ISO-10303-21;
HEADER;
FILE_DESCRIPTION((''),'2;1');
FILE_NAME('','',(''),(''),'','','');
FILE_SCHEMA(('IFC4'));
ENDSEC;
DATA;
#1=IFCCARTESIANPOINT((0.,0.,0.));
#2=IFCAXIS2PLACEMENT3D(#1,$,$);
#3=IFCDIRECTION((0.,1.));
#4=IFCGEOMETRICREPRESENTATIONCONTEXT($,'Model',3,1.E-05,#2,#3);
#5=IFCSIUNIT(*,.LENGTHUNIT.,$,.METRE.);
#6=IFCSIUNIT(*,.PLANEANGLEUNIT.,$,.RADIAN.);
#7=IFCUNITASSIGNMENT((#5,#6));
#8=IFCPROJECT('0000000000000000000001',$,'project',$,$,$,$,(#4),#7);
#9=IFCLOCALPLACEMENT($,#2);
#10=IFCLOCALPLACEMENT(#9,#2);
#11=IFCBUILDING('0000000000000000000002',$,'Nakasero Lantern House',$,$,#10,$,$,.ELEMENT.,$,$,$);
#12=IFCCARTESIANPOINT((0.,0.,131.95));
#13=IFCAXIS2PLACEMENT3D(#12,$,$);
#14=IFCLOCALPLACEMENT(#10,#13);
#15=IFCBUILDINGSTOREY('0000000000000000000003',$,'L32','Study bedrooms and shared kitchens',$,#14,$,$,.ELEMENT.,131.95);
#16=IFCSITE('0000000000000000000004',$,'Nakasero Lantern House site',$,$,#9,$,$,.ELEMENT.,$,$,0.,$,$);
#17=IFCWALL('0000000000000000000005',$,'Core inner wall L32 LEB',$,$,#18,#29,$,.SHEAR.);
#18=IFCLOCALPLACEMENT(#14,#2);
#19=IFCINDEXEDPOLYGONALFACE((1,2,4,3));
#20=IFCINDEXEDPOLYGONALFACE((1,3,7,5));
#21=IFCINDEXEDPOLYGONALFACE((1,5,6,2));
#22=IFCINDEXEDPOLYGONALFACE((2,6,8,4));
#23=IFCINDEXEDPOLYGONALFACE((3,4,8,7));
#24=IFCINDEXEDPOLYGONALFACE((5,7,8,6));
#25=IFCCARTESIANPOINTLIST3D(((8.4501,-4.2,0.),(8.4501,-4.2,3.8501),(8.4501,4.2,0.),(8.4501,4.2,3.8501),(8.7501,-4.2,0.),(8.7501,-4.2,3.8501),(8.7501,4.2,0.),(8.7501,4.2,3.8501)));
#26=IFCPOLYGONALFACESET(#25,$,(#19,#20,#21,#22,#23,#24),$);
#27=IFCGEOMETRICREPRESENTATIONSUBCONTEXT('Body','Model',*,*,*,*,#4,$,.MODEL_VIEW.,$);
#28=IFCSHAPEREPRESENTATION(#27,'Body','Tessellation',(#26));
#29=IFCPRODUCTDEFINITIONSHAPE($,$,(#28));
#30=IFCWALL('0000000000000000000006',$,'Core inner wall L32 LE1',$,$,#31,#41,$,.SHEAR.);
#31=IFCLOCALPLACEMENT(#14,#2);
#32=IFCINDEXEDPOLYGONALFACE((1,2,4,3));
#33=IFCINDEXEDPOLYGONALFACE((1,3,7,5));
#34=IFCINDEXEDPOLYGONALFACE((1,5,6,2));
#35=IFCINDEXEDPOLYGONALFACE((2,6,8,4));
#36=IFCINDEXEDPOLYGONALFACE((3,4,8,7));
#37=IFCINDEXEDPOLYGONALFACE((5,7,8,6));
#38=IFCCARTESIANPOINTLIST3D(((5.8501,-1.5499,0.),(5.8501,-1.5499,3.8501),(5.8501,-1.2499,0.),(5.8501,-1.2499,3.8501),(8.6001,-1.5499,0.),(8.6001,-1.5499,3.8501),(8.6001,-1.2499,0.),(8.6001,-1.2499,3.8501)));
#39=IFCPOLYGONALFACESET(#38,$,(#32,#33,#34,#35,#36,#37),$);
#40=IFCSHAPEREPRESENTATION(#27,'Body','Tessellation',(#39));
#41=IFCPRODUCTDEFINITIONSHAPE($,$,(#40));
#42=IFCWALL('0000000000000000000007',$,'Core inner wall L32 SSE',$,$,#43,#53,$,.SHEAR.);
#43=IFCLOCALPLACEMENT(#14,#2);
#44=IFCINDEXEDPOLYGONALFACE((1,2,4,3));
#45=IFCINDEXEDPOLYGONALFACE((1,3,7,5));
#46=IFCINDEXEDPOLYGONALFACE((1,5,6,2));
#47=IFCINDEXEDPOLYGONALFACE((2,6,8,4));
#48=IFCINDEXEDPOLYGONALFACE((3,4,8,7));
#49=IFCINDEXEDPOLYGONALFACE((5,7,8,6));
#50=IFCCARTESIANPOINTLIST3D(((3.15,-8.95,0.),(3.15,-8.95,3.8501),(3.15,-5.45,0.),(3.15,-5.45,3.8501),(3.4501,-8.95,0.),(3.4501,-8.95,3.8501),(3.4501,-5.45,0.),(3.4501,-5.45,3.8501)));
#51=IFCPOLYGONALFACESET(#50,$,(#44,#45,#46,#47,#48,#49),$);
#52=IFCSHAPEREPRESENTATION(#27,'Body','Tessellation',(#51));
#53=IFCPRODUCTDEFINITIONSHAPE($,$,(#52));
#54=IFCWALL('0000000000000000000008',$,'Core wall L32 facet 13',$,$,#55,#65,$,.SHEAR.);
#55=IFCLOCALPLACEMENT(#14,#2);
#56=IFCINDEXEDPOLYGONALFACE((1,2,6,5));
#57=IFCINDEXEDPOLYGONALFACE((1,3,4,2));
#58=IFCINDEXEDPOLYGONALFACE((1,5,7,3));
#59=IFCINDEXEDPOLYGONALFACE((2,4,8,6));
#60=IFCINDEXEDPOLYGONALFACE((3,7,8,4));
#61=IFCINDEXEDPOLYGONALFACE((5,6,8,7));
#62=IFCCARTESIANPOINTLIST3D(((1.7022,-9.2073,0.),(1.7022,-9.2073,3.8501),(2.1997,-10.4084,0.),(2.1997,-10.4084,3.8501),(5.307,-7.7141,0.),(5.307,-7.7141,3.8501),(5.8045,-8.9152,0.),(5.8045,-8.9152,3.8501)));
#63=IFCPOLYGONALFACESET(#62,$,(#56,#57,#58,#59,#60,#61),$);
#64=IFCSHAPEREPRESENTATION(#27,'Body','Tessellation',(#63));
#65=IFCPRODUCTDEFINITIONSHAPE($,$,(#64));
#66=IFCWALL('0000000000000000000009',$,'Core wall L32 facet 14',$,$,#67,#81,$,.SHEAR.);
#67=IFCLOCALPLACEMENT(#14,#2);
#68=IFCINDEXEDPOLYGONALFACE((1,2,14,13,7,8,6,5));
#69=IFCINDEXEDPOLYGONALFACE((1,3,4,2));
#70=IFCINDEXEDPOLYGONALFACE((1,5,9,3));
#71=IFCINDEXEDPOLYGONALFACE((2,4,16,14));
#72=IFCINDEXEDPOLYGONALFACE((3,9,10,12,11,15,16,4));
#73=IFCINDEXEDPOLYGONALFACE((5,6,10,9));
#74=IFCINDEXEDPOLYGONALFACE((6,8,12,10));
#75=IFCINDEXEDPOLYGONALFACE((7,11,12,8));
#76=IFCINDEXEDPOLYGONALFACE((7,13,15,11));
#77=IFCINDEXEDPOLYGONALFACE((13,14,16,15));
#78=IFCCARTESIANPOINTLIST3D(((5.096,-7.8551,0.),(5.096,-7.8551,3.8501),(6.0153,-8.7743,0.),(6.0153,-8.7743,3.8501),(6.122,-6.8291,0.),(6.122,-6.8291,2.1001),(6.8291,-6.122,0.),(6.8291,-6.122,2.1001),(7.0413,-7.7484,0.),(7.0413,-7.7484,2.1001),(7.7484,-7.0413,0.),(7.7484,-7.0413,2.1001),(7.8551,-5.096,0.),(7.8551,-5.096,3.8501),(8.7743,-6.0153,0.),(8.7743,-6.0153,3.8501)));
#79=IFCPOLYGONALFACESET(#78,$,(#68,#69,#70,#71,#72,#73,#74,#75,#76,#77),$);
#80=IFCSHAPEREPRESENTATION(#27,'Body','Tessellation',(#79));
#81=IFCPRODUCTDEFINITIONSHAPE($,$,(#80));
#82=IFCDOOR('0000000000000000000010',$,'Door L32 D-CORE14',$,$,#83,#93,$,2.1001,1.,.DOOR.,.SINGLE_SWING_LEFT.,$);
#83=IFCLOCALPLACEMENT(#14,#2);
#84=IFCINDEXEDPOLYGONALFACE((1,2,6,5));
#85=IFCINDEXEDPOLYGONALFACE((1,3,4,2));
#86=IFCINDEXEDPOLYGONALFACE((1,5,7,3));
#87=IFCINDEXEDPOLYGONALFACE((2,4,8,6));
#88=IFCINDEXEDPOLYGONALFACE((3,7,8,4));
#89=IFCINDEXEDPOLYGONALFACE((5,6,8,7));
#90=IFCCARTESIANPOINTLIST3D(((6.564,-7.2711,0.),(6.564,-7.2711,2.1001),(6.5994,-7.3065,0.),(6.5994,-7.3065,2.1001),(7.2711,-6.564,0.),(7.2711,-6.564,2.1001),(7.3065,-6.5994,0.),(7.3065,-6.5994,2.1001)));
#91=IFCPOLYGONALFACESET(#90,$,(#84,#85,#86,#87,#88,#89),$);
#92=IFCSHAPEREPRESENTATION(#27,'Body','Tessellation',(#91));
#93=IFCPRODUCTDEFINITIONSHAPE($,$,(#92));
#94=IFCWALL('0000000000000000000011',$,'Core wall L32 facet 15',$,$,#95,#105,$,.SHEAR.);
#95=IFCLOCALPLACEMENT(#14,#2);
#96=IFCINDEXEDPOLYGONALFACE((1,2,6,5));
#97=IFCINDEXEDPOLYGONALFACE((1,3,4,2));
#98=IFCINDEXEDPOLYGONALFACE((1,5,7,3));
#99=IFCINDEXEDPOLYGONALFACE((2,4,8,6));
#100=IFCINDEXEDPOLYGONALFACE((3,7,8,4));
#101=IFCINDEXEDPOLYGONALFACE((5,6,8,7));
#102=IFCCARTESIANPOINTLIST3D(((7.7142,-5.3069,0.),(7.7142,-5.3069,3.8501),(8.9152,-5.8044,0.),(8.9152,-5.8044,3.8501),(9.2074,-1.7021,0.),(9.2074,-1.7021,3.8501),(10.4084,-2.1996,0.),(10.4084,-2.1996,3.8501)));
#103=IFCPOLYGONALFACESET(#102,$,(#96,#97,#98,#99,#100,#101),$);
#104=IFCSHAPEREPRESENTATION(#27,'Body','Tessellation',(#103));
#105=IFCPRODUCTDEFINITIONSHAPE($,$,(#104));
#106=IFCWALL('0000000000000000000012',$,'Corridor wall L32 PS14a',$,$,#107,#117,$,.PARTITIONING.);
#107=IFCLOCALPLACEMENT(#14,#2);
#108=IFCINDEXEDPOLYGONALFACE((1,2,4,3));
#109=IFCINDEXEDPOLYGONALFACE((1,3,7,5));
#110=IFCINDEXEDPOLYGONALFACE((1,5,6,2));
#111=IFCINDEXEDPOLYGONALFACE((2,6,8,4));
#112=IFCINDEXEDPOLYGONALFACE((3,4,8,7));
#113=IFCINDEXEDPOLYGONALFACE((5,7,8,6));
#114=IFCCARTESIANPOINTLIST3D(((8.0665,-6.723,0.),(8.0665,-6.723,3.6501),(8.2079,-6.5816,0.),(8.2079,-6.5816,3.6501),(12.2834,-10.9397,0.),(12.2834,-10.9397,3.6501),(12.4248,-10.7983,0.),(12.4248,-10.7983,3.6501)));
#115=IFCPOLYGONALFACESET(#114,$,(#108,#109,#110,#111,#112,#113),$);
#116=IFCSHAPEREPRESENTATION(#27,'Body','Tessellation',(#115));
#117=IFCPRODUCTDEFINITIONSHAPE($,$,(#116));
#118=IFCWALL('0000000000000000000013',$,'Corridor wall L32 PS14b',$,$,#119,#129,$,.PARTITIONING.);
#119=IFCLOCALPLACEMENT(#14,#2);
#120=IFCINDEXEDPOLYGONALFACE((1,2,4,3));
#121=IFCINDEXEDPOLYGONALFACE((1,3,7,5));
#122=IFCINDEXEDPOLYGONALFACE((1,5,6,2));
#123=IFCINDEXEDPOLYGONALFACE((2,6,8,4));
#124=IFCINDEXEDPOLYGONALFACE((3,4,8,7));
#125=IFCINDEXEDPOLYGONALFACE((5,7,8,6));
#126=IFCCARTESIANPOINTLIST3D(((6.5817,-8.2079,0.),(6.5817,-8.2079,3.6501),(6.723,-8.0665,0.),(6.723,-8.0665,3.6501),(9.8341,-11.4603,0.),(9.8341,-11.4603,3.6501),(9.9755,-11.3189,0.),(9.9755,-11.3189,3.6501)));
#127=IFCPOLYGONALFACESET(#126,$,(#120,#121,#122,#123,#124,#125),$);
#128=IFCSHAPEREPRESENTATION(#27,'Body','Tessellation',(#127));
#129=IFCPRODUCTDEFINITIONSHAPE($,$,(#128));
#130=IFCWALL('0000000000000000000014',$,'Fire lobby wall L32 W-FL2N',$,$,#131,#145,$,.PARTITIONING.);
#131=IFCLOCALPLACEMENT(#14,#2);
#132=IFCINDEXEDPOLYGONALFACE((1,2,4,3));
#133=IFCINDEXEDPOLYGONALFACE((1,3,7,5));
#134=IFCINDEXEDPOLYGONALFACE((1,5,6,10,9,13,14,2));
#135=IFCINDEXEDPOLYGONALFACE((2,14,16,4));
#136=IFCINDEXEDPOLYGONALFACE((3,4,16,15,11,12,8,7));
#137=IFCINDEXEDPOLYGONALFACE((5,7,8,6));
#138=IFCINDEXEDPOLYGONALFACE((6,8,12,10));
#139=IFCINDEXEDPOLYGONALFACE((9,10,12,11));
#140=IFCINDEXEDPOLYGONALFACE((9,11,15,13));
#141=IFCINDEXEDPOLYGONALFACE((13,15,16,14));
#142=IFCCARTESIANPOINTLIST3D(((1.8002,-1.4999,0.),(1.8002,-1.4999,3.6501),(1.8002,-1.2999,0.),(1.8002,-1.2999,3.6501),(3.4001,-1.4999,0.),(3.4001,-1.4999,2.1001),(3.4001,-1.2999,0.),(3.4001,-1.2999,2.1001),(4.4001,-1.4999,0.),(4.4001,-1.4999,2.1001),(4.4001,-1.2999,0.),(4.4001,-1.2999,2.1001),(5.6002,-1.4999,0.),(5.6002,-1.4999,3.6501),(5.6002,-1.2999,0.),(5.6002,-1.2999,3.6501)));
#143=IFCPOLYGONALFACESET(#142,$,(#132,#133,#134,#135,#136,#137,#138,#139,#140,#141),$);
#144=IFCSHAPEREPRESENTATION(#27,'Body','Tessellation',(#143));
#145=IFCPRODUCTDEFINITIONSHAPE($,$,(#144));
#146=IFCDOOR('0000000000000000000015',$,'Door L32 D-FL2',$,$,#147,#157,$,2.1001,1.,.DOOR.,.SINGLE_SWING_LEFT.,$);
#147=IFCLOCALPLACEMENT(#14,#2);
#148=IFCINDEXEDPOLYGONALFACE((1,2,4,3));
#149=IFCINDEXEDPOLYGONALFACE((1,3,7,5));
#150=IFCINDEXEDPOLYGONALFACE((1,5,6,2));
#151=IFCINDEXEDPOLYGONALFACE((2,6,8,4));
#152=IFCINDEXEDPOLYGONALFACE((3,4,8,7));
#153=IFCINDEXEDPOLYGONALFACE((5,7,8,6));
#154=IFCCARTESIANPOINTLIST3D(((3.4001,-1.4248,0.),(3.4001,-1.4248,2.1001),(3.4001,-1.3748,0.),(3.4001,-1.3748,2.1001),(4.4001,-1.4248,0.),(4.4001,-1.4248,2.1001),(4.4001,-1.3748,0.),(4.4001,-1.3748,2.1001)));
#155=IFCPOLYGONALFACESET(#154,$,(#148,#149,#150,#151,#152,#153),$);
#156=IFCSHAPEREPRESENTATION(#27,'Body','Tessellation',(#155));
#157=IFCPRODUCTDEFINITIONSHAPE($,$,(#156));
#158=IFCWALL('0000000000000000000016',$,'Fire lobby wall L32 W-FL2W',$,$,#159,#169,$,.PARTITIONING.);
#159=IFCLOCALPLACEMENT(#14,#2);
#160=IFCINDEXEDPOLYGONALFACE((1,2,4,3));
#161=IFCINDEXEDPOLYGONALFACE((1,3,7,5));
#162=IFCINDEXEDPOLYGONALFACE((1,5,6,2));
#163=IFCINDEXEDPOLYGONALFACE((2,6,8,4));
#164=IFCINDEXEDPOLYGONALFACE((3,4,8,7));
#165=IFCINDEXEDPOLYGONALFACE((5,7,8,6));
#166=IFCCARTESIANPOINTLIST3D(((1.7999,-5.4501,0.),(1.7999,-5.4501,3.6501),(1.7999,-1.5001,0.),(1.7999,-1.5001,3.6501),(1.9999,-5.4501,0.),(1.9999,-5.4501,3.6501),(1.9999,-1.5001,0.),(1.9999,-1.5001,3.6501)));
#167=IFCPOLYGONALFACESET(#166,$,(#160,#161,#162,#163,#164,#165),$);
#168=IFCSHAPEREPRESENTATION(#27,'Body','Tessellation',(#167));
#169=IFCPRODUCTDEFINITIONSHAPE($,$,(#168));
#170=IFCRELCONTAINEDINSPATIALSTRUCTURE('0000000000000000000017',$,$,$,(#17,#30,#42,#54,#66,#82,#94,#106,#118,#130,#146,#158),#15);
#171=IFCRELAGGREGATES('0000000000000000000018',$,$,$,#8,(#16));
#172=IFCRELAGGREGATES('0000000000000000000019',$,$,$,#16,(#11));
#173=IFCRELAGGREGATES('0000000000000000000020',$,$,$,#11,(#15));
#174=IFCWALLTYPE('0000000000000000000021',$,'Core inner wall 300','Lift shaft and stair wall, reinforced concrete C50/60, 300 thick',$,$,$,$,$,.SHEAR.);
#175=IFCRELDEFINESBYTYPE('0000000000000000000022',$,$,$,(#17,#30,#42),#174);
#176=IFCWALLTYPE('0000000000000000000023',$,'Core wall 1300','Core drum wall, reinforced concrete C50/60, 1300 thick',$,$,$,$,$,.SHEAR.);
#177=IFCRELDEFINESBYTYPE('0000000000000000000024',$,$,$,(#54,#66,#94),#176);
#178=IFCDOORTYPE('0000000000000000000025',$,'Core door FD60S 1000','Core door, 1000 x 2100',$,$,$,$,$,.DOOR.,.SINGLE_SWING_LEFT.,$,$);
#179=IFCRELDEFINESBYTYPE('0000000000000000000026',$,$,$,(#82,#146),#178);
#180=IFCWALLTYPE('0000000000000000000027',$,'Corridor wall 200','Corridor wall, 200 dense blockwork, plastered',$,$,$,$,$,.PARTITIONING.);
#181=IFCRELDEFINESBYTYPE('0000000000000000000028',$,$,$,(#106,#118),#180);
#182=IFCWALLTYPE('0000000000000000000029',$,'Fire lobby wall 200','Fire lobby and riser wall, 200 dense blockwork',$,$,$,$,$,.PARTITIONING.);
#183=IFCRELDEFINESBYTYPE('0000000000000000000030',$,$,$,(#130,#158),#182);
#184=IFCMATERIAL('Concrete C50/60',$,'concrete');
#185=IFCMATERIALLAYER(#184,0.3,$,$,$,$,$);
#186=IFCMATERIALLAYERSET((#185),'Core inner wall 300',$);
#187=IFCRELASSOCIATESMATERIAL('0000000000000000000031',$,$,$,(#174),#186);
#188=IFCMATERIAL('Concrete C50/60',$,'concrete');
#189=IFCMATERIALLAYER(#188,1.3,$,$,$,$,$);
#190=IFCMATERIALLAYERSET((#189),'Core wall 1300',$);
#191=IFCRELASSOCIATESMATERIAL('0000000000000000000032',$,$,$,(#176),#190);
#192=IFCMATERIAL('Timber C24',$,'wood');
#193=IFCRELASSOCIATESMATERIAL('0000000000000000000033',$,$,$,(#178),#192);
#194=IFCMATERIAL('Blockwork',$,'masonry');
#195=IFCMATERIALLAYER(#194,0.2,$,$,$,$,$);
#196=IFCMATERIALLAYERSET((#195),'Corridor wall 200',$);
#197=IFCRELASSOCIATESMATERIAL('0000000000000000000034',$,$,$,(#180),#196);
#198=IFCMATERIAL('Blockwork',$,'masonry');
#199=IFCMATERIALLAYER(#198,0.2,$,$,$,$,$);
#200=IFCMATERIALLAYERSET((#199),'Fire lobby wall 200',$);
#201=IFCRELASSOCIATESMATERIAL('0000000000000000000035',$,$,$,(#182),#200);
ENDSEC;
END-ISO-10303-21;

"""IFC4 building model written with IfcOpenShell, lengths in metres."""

from ifc_helpers import new_model, si_unit, direction, frame, frame_2d, origin, place, context, subcontext, project, spatial, rectangle, extrude, material, layer, layer_set, type_object, element, fill, save


model = new_model("IFC4")

# Units and contexts
model_context = context("Model", 3, precision=1e-05, world=origin(), true_north=direction((0.0, 1.0)))
body_context = subcontext(model_context, "Body", "Model", "MODEL_VIEW")
ifc_project = project(units=[si_unit("LENGTHUNIT", "METRE"), si_unit("PLANEANGLEUNIT", "RADIAN")], contexts=[model_context])

# Site, building, storey
site_placement = place(None, origin())
site = spatial("IfcSite", under=ifc_project, at=site_placement, Name="Nakasero Lantern House site", CompositionType="ELEMENT", RefElevation=0.0)
building_placement = place(site_placement, origin())
building = spatial("IfcBuilding", under=site, at=building_placement, Name="Nakasero Lantern House", CompositionType="ELEMENT")
storey_placement = place(building_placement, frame((0.0, 0.0, 131.95)))
storey = spatial("IfcBuildingStorey", under=building, at=storey_placement, Name="L32", Description="Study bedrooms and shared kitchens", CompositionType="ELEMENT", Elevation=131.95)

# Shared definitions
ifc_material_1 = material(Name="Concrete C50/60", Category="concrete")
ifc_layer_1 = layer(ifc_material_1, 0.3)
ifc_layer_set_1 = layer_set([ifc_layer_1], Name="Core inner wall 300")
wall_type_1 = type_object("IfcWallType", Name="Core inner wall 300", Description="Lift shaft and stair wall, reinforced concrete C50/60, 300 thick", PredefinedType="SHEAR", material=ifc_layer_set_1)

# Walls
wall_1_placement = place(storey_placement, frame((8.6001, -4.2, 0.0), z_axis=(0.0, 0.0, 1.0), x_axis=(0.0, 1.0, 0.0)))
element("IfcWall", 1, at=wall_1_placement, inside=storey, type_object=wall_type_1, Name="Core inner wall L32 LEB", PredefinedType="SHEAR", context=body_context, shape_type="SweptSolid", body=[
    extrude(rectangle(XDim=8.3999, YDim=0.3, at=frame_2d((4.2, 0.0))), origin(), (0.0, 0.0, 1.0), 3.8501),
])
wall_2_placement = place(storey_placement, frame((5.8501, -1.3999, 0.0), z_axis=(0.0, 0.0, 1.0), x_axis=(1.0, 0.0, 0.0)))
element("IfcWall", 2, at=wall_2_placement, inside=storey, type_object=wall_type_1, Name="Core inner wall L32 LE1", PredefinedType="SHEAR", context=body_context, shape_type="SweptSolid", body=[
    extrude(rectangle(XDim=2.75, YDim=0.3, at=frame_2d((1.375, 0.0))), origin(), (0.0, 0.0, 1.0), 3.8501),
])
wall_3_placement = place(storey_placement, frame((3.3, -5.45, 0.0), z_axis=(0.0, 0.0, 1.0), x_axis=(0.0, -1.0, 0.0)))
element("IfcWall", 3, at=wall_3_placement, inside=storey, type_object=wall_type_1, Name="Core inner wall L32 SSE", PredefinedType="SHEAR", context=body_context, shape_type="SweptSolid", body=[
    extrude(rectangle(XDim=3.5, YDim=0.3, at=frame_2d((1.75, 0.0))), origin(), (0.0, 0.0, 1.0), 3.8501),
])
ifc_material_2 = material(Name="Concrete C50/60", Category="concrete")
ifc_layer_2 = layer(ifc_material_2, 1.3)
ifc_layer_set_2 = layer_set([ifc_layer_2], Name="Core wall 1300")
wall_type_2 = type_object("IfcWallType", Name="Core wall 1300", Description="Core drum wall, reinforced concrete C50/60, 1300 thick", PredefinedType="SHEAR", material=ifc_layer_set_2)
wall_4_placement = place(storey_placement, frame((1.9509, -9.8079, 0.0), z_axis=(0.0, 0.0, 1.0), x_axis=(0.923877, 0.382691, 0.0)))
element("IfcWall", 4, at=wall_4_placement, inside=storey, type_object=wall_type_2, Name="Core wall L32 facet 13", PredefinedType="SHEAR", context=body_context, shape_type="SweptSolid", body=[
    extrude(rectangle(XDim=3.9019, YDim=1.3, at=frame_2d((1.9509, 0.0))), origin(), (0.0, 0.0, 1.0), 3.8501),
])

# Wall, opening, door
wall_5_placement = place(storey_placement, frame((5.5557, -8.3147, 0.0), z_axis=(0.0, 0.0, 1.0), x_axis=(0.707107, 0.707107, 0.0)))
wall_5 = element("IfcWall", 5, at=wall_5_placement, inside=storey, type_object=wall_type_2, Name="Core wall L32 facet 14", PredefinedType="SHEAR", context=body_context, shape_type="SweptSolid", body=[
    extrude(rectangle(XDim=3.9019, YDim=1.3, at=frame_2d((1.9509, 0.0))), origin(), (0.0, 0.0, 1.0), 3.8501),
])
opening_1_placement = place(wall_5_placement, frame((1.4509, 0.0, 0.0)))
opening_1 = element("IfcOpeningElement", 6, at=opening_1_placement, cuts=wall_5, PredefinedType="OPENING", context=body_context, shape_type="SweptSolid", body=[
    extrude(rectangle(XDim=1.0, YDim=2.1001, at=frame_2d((0.5, 1.05))), frame((0.0, 0.6699, 0.0), z_axis=(0.0, -1.0, 0.0), x_axis=(1.0, 0.0, 0.0)), (0.0, 0.0, 1.0), 1.3401),
])
ifc_material_3 = material(Name="Timber C24", Category="wood")
door_type_1 = type_object("IfcDoorType", Name="Core door FD60S 1000", Description="Core door, 1000 x 2100", OperationType="SINGLE_SWING_LEFT", PredefinedType="DOOR", material=ifc_material_3)
door_1_placement = place(opening_1_placement, origin())
door_1 = element("IfcDoor", 7, at=door_1_placement, inside=storey, type_object=door_type_1, Name="Door L32 D-CORE14", OperationType="SINGLE_SWING_LEFT", OverallHeight=2.1001, OverallWidth=1.0, PredefinedType="DOOR", context=body_context, shape_type="SweptSolid", body=[
    extrude(rectangle(XDim=1.0, YDim=2.1001, at=frame_2d((0.5, 1.05))), frame((0.0, 0.0249, 0.0), z_axis=(0.0, -1.0, 0.0), x_axis=(1.0, 0.0, 0.0)), (0.0, 0.0, 1.0), 0.05),
])
fill(opening_1, door_1)

# Walls
wall_6_placement = place(storey_placement, frame((8.3147, -5.5557, 0.0), z_axis=(0.0, 0.0, 1.0), x_axis=(0.382691, 0.923877, 0.0)))
element("IfcWall", 8, at=wall_6_placement, inside=storey, type_object=wall_type_2, Name="Core wall L32 facet 15", PredefinedType="SHEAR", context=body_context, shape_type="SweptSolid", body=[
    extrude(rectangle(XDim=3.9019, YDim=1.3, at=frame_2d((1.9509, 0.0))), origin(), (0.0, 0.0, 1.0), 3.8501),
])
ifc_material_4 = material(Name="Blockwork", Category="masonry")
ifc_layer_3 = layer(ifc_material_4, 0.2)
ifc_layer_set_3 = layer_set([ifc_layer_3], Name="Corridor wall 200")
wall_type_3 = type_object("IfcWallType", Name="Corridor wall 200", Description="Corridor wall, 200 dense blockwork, plastered", PredefinedType="PARTITIONING", material=ifc_layer_set_3)
wall_7_placement = place(storey_placement, frame((8.1372, -6.6523, 0.0), z_axis=(0.0, 0.0, 1.0), x_axis=(0.707127, -0.707086, 0.0)))
element("IfcWall", 9, at=wall_7_placement, inside=storey, type_object=wall_type_3, Name="Corridor wall L32 PS14a", PredefinedType="PARTITIONING", context=body_context, shape_type="SweptSolid", body=[
    extrude(rectangle(XDim=5.9634, YDim=0.2, at=frame_2d((2.9817, 0.0))), origin(), (0.0, 0.0, 1.0), 3.6501),
])
wall_8_placement = place(storey_placement, frame((6.6523, -8.1372, 0.0), z_axis=(0.0, 0.0, 1.0), x_axis=(0.707107, -0.707107, 0.0)))
element("IfcWall", 10, at=wall_8_placement, inside=storey, type_object=wall_type_3, Name="Corridor wall L32 PS14b", PredefinedType="PARTITIONING", context=body_context, shape_type="SweptSolid", body=[
    extrude(rectangle(XDim=4.5996, YDim=0.2, at=frame_2d((2.2998, 0.0))), origin(), (0.0, 0.0, 1.0), 3.6501),
])

# Wall, opening, door
ifc_material_5 = material(Name="Blockwork", Category="masonry")
ifc_layer_4 = layer(ifc_material_5, 0.2)
ifc_layer_set_4 = layer_set([ifc_layer_4], Name="Fire lobby wall 200")
wall_type_4 = type_object("IfcWallType", Name="Fire lobby wall 200", Description="Fire lobby and riser wall, 200 dense blockwork", PredefinedType="PARTITIONING", material=ifc_layer_set_4)
wall_9_placement = place(storey_placement, frame((5.6001, -1.3999, 0.0), z_axis=(0.0, 0.0, 1.0), x_axis=(-1.0, 0.0, 0.0)))
wall_9 = element("IfcWall", 11, at=wall_9_placement, inside=storey, type_object=wall_type_4, Name="Fire lobby wall L32 W-FL2N", PredefinedType="PARTITIONING", context=body_context, shape_type="SweptSolid", body=[
    extrude(rectangle(XDim=3.8, YDim=0.2, at=frame_2d((1.8999, 0.0))), origin(), (0.0, 0.0, 1.0), 3.6501),
])
opening_2_placement = place(wall_9_placement, frame((1.2, 0.0, 0.0)))
opening_2 = element("IfcOpeningElement", 12, at=opening_2_placement, cuts=wall_9, PredefinedType="OPENING", context=body_context, shape_type="SweptSolid", body=[
    extrude(rectangle(XDim=1.0, YDim=2.1001, at=frame_2d((0.5, 1.05))), frame((0.0, 0.1199, 0.0), z_axis=(0.0, -1.0, 0.0), x_axis=(1.0, 0.0, 0.0)), (0.0, 0.0, 1.0), 0.24),
])
door_2_placement = place(opening_2_placement, origin())
door_2 = element("IfcDoor", 13, at=door_2_placement, inside=storey, type_object=door_type_1, Name="Door L32 D-FL2", OperationType="SINGLE_SWING_LEFT", OverallHeight=2.1001, OverallWidth=1.0, PredefinedType="DOOR", context=body_context, shape_type="SweptSolid", body=[
    extrude(rectangle(XDim=1.0, YDim=2.1001, at=frame_2d((0.5, 1.05))), frame((0.0, 0.0249, 0.0), z_axis=(0.0, -1.0, 0.0), x_axis=(1.0, 0.0, 0.0)), (0.0, 0.0, 1.0), 0.05),
])
fill(opening_2, door_2)

# Wall
wall_10_placement = place(storey_placement, frame((1.8999, -1.5, 0.0), z_axis=(0.0, 0.0, 1.0), x_axis=(0.0, -1.0, 0.0)))
element("IfcWall", 14, at=wall_10_placement, inside=storey, type_object=wall_type_4, Name="Fire lobby wall L32 W-FL2W", PredefinedType="PARTITIONING", context=body_context, shape_type="SweptSolid", body=[
    extrude(rectangle(XDim=3.95, YDim=0.2, at=frame_2d((1.9751, 0.0))), origin(), (0.0, 0.0, 1.0), 3.6501),
])

save(model, "model.ifc")
